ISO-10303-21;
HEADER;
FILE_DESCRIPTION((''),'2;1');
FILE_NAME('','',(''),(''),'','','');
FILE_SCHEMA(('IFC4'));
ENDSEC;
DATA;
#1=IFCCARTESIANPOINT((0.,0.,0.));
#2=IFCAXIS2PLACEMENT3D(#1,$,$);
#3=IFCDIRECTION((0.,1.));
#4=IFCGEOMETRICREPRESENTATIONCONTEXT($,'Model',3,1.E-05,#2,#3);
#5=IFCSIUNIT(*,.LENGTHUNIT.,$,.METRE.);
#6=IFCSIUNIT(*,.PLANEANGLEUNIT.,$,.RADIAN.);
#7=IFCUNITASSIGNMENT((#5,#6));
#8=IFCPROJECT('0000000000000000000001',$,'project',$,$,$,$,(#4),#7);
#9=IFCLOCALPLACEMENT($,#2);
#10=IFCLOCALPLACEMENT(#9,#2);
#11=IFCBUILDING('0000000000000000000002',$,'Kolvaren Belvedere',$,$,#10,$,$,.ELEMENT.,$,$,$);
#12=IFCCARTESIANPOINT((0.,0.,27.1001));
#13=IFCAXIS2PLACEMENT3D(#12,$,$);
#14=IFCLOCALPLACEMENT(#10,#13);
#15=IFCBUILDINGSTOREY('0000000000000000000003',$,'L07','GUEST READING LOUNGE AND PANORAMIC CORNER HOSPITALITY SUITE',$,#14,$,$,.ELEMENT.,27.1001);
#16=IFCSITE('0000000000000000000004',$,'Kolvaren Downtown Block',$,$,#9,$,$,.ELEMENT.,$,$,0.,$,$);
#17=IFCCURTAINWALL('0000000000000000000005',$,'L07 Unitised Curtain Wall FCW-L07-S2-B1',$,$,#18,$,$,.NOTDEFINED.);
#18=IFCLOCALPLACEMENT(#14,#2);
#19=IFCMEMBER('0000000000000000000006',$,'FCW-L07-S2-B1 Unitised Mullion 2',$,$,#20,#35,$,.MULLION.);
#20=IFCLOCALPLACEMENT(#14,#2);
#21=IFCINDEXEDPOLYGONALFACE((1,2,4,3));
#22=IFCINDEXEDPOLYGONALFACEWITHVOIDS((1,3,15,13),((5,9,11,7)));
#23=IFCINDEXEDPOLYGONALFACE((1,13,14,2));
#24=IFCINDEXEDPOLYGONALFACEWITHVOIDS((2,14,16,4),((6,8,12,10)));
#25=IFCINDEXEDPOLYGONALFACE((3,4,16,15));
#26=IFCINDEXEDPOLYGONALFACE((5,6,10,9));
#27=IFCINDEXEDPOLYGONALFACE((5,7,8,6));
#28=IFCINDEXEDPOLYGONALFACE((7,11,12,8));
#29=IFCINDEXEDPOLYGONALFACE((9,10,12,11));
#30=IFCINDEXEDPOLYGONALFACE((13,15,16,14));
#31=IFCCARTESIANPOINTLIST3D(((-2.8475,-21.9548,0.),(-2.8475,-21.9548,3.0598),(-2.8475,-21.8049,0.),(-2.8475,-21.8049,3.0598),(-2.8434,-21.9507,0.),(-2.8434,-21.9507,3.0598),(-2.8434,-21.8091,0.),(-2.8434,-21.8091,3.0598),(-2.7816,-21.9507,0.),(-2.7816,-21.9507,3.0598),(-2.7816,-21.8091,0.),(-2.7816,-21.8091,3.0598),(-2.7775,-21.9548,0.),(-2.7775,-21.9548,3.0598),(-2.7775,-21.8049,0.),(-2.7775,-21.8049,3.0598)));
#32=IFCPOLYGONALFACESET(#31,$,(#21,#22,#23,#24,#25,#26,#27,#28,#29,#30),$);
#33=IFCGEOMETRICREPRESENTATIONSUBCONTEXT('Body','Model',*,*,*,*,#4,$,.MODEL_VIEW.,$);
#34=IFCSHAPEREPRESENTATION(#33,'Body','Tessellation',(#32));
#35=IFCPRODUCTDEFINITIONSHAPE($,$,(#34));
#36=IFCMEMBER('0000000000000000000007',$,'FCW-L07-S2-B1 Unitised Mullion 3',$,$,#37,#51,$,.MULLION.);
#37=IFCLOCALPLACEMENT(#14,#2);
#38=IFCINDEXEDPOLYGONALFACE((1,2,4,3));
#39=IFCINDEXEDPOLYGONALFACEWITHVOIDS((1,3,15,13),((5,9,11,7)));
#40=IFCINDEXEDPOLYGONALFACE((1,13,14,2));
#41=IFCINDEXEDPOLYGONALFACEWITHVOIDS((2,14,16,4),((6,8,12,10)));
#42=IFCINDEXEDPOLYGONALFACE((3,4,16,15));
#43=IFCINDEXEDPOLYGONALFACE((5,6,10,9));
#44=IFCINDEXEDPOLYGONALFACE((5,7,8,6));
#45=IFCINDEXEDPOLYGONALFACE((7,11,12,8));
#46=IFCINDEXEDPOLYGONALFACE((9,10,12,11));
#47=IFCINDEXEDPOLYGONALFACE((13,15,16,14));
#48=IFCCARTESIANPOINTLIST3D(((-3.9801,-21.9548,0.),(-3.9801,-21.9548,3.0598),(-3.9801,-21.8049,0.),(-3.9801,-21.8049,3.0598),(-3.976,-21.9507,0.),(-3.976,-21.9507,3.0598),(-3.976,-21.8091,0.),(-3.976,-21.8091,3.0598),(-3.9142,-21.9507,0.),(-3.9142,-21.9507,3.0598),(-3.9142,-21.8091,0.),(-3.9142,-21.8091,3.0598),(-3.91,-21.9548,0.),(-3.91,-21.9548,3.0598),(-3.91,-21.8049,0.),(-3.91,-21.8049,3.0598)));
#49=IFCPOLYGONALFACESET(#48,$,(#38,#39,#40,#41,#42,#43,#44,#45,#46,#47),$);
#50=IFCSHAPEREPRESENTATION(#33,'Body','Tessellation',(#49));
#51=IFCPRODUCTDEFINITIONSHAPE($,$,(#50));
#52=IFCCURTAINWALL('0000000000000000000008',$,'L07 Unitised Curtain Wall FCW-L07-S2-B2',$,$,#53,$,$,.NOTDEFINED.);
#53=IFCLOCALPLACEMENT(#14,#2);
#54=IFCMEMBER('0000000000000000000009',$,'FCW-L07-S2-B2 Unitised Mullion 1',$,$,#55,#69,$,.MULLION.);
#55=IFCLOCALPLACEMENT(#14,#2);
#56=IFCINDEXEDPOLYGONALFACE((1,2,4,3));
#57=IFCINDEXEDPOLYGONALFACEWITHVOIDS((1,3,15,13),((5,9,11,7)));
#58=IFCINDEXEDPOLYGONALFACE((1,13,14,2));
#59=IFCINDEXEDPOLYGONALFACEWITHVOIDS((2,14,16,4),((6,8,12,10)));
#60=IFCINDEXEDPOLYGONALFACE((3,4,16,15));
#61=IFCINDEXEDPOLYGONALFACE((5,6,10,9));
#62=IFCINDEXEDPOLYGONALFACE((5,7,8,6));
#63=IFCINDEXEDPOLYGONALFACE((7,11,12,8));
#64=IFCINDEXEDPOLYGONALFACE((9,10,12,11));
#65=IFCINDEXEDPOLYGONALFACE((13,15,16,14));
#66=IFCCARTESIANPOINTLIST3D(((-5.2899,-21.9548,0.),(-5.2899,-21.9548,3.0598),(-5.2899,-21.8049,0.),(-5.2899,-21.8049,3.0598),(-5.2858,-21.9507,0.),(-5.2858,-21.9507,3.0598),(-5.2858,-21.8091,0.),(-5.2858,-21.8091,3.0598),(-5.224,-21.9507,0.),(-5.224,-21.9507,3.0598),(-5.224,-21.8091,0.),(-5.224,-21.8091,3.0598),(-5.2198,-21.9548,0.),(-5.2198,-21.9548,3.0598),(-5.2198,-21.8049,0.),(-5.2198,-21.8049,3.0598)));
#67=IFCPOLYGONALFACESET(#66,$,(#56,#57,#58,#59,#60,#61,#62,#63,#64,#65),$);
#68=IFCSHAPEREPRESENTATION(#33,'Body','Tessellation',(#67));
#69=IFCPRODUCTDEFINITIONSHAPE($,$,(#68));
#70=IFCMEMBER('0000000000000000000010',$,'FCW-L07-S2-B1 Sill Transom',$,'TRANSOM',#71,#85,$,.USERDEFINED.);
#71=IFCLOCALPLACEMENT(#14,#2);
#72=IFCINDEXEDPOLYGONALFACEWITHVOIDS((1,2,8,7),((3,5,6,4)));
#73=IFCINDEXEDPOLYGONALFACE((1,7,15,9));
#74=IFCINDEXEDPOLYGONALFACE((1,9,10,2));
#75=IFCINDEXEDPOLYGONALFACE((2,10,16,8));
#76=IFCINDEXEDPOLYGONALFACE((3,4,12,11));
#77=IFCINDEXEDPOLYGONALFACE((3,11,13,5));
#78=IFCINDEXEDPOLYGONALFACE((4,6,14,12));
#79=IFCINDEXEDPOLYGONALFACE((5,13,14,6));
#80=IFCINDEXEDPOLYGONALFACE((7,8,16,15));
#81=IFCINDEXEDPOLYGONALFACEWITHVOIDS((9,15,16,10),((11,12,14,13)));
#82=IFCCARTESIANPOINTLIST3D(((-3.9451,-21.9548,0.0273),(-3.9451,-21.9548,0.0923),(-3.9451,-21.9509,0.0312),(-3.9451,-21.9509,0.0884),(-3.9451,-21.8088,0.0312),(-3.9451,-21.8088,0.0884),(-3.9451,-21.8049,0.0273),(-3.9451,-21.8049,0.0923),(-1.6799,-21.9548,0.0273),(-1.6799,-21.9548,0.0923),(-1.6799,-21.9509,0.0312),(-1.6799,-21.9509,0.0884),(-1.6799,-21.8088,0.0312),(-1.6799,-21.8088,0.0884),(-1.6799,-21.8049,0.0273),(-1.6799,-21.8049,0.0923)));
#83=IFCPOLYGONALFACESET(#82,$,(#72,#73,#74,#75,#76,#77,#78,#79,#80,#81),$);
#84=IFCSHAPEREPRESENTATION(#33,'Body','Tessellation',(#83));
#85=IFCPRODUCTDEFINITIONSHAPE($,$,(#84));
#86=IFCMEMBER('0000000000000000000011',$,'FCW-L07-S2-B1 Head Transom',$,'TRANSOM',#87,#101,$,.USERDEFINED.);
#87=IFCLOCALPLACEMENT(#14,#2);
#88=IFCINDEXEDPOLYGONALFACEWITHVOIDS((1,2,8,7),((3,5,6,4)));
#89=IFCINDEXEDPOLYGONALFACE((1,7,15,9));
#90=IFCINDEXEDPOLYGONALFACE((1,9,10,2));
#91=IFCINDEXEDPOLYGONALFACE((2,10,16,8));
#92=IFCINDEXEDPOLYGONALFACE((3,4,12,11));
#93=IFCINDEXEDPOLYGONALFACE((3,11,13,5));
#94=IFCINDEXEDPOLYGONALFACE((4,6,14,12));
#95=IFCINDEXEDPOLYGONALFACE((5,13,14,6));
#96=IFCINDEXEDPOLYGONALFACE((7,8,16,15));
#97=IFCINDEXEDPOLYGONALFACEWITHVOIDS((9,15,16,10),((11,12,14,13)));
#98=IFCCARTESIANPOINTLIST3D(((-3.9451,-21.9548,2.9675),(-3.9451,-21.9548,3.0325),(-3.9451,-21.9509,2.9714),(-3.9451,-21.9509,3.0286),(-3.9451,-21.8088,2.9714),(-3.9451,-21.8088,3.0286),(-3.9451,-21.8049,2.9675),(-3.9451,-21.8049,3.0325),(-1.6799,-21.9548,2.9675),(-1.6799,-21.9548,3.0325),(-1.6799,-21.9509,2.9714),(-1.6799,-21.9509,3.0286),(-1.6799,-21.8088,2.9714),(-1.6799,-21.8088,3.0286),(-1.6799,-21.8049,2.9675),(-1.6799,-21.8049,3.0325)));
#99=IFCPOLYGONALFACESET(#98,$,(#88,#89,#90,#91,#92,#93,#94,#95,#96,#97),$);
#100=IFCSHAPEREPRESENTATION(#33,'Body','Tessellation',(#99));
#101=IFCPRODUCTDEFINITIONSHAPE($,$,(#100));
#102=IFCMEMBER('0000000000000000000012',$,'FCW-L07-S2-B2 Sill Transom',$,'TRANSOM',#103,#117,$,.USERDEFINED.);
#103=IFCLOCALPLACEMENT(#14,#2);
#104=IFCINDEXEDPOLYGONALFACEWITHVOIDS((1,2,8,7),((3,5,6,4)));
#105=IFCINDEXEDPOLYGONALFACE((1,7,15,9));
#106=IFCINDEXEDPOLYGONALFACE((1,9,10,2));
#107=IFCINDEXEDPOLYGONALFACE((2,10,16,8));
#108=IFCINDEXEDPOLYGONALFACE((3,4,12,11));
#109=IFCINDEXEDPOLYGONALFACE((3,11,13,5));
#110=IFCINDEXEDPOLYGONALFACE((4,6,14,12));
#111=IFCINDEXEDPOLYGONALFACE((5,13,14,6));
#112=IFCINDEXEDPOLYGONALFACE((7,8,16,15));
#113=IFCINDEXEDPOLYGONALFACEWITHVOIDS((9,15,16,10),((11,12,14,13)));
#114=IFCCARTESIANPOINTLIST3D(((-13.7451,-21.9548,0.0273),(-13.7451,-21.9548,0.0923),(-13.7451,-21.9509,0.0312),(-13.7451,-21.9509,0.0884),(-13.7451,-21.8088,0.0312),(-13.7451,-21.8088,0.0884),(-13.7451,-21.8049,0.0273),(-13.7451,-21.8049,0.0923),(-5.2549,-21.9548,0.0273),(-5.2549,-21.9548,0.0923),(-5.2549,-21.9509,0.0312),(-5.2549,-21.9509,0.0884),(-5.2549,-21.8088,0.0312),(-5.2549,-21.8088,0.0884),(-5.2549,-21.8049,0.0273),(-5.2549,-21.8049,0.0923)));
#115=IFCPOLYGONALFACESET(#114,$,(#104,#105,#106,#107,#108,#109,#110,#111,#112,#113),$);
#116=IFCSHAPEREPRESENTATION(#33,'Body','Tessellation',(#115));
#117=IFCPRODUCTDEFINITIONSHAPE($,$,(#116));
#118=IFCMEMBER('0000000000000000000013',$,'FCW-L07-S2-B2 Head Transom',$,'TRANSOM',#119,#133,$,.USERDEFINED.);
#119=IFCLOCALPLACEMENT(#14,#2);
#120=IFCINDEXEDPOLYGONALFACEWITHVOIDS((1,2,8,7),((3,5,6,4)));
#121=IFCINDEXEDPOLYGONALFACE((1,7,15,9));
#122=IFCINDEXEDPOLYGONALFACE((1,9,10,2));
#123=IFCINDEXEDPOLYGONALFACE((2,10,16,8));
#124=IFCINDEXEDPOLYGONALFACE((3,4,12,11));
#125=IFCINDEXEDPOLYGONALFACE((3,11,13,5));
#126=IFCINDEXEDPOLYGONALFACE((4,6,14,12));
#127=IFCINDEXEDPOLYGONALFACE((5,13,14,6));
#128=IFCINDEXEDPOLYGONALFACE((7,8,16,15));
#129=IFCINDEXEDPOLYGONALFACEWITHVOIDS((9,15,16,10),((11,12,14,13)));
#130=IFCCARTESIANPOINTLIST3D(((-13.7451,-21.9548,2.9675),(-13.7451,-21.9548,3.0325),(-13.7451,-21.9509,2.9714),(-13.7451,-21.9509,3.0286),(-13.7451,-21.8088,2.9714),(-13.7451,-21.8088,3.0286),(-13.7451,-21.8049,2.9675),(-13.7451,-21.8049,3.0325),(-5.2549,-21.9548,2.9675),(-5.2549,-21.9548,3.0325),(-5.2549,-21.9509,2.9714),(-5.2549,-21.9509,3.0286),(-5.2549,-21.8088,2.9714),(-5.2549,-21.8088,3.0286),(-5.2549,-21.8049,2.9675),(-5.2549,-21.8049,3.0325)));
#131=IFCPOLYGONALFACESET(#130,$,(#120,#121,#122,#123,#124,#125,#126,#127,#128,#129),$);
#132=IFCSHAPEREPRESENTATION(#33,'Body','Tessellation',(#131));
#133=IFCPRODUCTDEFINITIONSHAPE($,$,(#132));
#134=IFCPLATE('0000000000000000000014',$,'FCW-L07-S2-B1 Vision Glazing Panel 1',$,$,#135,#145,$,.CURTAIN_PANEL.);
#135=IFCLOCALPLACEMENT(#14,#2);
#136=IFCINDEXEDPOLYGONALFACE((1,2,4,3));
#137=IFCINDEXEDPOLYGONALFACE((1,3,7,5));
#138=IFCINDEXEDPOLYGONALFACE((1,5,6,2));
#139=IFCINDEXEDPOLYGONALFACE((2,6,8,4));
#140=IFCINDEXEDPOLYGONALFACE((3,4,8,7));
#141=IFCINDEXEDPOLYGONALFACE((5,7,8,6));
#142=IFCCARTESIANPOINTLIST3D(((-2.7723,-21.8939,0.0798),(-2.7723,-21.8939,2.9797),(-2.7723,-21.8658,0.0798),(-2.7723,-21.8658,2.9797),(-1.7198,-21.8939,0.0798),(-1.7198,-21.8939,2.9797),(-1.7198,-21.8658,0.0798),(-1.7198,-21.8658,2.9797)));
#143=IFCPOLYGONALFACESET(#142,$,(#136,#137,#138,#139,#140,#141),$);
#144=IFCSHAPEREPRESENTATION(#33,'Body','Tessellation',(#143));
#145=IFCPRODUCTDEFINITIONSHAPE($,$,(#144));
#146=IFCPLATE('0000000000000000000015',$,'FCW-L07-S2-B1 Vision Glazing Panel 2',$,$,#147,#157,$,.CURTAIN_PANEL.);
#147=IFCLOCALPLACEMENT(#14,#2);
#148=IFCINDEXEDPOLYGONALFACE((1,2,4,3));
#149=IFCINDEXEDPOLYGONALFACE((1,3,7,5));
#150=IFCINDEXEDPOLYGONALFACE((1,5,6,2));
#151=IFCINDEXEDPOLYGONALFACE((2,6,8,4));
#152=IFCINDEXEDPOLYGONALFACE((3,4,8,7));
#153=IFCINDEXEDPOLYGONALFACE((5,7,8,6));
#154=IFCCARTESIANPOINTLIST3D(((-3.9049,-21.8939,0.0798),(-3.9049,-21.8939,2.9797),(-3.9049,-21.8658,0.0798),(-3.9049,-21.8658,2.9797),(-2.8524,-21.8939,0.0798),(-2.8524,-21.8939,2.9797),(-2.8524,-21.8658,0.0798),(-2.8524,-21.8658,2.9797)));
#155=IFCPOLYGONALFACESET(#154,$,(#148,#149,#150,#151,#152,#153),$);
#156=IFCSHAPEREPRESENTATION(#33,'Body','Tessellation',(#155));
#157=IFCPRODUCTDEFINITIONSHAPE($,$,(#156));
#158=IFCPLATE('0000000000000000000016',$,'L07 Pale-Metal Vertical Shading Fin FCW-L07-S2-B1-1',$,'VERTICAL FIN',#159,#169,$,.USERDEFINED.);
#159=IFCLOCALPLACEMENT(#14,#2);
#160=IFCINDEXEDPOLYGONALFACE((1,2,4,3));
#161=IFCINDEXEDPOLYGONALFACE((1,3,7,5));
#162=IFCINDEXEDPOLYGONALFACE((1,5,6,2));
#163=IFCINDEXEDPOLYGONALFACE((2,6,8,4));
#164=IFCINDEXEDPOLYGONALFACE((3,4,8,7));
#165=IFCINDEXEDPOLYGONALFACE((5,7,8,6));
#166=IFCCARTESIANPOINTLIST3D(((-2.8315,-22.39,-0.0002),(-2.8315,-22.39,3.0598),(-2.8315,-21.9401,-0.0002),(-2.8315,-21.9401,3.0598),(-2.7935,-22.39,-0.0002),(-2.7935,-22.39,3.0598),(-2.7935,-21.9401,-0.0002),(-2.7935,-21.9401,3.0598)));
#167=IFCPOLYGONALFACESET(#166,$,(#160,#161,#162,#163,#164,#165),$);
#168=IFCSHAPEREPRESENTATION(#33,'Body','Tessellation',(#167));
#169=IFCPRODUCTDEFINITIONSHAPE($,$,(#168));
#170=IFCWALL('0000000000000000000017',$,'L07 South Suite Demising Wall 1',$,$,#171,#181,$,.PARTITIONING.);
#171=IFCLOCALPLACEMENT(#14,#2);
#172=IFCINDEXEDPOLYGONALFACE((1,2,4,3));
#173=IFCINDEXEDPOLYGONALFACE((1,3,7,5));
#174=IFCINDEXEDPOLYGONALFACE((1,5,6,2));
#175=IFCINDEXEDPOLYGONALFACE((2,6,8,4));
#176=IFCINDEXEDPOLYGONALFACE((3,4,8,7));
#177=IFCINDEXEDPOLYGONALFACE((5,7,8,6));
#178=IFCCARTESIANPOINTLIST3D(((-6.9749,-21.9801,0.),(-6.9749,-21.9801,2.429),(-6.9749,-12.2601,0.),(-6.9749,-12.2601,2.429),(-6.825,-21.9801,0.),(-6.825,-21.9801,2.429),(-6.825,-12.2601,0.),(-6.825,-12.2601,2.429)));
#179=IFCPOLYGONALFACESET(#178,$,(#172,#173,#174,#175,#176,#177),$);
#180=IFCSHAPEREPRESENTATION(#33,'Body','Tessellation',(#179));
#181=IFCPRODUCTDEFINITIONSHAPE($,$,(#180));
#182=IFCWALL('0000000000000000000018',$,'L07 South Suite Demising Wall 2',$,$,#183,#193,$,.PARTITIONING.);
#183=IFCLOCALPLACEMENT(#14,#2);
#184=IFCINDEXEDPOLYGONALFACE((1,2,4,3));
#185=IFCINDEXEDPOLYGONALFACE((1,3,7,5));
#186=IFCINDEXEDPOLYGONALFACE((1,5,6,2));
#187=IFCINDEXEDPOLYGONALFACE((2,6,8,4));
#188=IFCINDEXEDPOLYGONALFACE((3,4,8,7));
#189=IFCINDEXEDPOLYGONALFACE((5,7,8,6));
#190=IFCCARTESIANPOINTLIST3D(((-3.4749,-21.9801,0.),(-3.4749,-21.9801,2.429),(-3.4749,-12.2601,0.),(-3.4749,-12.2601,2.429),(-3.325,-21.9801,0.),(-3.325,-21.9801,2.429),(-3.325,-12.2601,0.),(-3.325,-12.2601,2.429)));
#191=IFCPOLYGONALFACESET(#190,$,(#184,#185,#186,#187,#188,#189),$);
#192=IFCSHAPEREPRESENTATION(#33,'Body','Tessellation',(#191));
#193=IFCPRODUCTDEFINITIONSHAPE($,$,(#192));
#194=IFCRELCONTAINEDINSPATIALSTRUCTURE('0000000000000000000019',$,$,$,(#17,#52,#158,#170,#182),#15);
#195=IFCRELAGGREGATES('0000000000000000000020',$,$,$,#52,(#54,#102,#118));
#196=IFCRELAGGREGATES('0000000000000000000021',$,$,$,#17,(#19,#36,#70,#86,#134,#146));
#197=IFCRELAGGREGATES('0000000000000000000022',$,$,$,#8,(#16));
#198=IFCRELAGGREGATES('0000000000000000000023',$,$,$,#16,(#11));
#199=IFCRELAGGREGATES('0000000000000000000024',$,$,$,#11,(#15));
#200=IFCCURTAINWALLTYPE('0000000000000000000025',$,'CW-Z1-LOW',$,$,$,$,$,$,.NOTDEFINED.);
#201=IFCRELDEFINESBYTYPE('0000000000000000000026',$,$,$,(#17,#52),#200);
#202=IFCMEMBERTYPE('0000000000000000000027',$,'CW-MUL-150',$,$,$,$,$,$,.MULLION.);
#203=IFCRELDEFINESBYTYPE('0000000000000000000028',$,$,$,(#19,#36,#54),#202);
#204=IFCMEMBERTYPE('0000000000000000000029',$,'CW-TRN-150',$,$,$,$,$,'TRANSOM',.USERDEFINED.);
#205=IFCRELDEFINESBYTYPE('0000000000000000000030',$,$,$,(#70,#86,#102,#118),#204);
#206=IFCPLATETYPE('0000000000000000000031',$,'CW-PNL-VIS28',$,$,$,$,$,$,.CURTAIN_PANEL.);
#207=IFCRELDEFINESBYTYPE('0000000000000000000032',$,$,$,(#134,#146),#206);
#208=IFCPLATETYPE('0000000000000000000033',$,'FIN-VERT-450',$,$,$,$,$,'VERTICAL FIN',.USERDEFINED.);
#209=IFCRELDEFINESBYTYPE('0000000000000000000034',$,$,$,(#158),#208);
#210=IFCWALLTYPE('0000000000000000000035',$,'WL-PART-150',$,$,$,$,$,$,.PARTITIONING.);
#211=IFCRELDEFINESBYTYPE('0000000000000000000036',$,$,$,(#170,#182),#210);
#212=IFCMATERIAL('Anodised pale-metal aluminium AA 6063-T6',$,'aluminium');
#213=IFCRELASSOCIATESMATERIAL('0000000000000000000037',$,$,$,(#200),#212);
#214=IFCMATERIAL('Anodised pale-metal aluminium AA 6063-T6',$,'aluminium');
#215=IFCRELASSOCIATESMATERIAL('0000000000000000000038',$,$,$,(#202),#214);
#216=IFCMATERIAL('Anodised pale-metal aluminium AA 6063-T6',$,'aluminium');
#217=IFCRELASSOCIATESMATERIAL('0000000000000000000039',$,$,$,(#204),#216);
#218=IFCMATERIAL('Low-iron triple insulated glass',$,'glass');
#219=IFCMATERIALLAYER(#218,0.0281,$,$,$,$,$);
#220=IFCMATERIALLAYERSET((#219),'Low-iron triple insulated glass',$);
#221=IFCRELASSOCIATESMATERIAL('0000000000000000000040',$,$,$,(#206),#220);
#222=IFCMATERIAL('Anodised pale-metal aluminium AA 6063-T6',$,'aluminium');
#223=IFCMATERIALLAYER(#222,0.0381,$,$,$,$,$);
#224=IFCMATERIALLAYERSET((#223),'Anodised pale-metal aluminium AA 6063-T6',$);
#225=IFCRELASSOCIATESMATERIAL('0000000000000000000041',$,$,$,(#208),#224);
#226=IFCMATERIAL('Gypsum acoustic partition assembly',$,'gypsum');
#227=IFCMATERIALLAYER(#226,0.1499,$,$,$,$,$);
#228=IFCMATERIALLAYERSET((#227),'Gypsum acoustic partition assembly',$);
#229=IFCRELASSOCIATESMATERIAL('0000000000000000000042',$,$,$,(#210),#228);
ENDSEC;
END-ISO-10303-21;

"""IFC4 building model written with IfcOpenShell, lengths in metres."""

from ifc_helpers import new_model, si_unit, direction, frame, frame_2d, origin, origin_2d, place, context, subcontext, project, spatial, rectangle, hollow_rectangle, extrude, material, layer, layer_set, material_profile, profile_set, type_object, element, aggregate, save


model = new_model("IFC4")

# Units and contexts
model_context = context("Model", 3, precision=1e-05, world=origin(), true_north=direction((0.0, 1.0)))
body_context = subcontext(model_context, "Body", "Model", "MODEL_VIEW")
ifc_project = project(units=[si_unit("LENGTHUNIT", "METRE"), si_unit("PLANEANGLEUNIT", "RADIAN")], contexts=[model_context])

# Site, building, storey
site_placement = place(None, origin())
site = spatial("IfcSite", under=ifc_project, at=site_placement, Name="Kolvaren Downtown Block", CompositionType="ELEMENT", RefElevation=0.0)
building_placement = place(site_placement, origin())
building = spatial("IfcBuilding", under=site, at=building_placement, Name="Kolvaren Belvedere", CompositionType="ELEMENT")
storey_placement = place(building_placement, frame((0.0, 0.0, 27.1001)))
storey = spatial("IfcBuildingStorey", under=building, at=storey_placement, Name="L07", Description="GUEST READING LOUNGE AND PANORAMIC CORNER HOSPITALITY SUITE", CompositionType="ELEMENT", Elevation=27.1001)

# Curtain wall, members
ifc_material_1 = material(Name="Anodised pale-metal aluminium AA 6063-T6", Category="aluminium")
curtain_wall_type = type_object("IfcCurtainWallType", Name="CW-Z1-LOW", PredefinedType="NOTDEFINED", material=ifc_material_1)
curtain_wall_1_placement = place(storey_placement, origin())
curtain_wall_1 = element("IfcCurtainWall", 1, at=curtain_wall_1_placement, inside=storey, type_object=curtain_wall_type, Name="L07 Unitised Curtain Wall FCW-L07-S2-B1", PredefinedType="NOTDEFINED")
ifc_material_2 = material(Name="Anodised pale-metal aluminium AA 6063-T6", Category="aluminium")
ifc_material_profile_1 = material_profile(ifc_material_2, hollow_rectangle(XDim=0.0701, YDim=0.1499, WallThickness=0.0042, at=origin_2d()), Name="ALU-MUL-150X70")
ifc_profile_set_1 = profile_set([ifc_material_profile_1], Name="Anodised pale-metal aluminium AA 6063-T6")
member_type_1 = type_object("IfcMemberType", Name="CW-MUL-150", PredefinedType="MULLION", material=ifc_profile_set_1)
member_1_placement = place(storey_placement, frame((-2.8125, -21.8799, 0.0), z_axis=(0.0, 0.0, 1.0), x_axis=(1.0, 0.0, 0.0)))
member_1 = element("IfcMember", 2, at=member_1_placement, type_object=member_type_1, Name="FCW-L07-S2-B1 Unitised Mullion 2", PredefinedType="MULLION", context=body_context, shape_type="SweptSolid", body=[
    extrude(hollow_rectangle(XDim=0.0701, YDim=0.1499, WallThickness=0.0042, at=origin_2d()), origin(), (0.0, 0.0, 1.0), 3.0598),
])
member_2_placement = place(storey_placement, frame((-3.9451, -21.8799, 0.0), z_axis=(0.0, 0.0, 1.0), x_axis=(1.0, 0.0, 0.0)))
member_2 = element("IfcMember", 3, at=member_2_placement, type_object=member_type_1, Name="FCW-L07-S2-B1 Unitised Mullion 3", PredefinedType="MULLION", context=body_context, shape_type="SweptSolid", body=[
    extrude(hollow_rectangle(XDim=0.0701, YDim=0.1499, WallThickness=0.0042, at=origin_2d()), origin(), (0.0, 0.0, 1.0), 3.0598),
])

# Curtain wall, member
curtain_wall_2_placement = place(storey_placement, origin())
curtain_wall_2 = element("IfcCurtainWall", 4, at=curtain_wall_2_placement, inside=storey, type_object=curtain_wall_type, Name="L07 Unitised Curtain Wall FCW-L07-S2-B2", PredefinedType="NOTDEFINED")
member_3_placement = place(storey_placement, frame((-5.2549, -21.8799, 0.0), z_axis=(0.0, 0.0, 1.0), x_axis=(1.0, 0.0, 0.0)))
member_3 = element("IfcMember", 5, at=member_3_placement, type_object=member_type_1, Name="FCW-L07-S2-B2 Unitised Mullion 1", PredefinedType="MULLION", context=body_context, shape_type="SweptSolid", body=[
    extrude(hollow_rectangle(XDim=0.0701, YDim=0.1499, WallThickness=0.0042, at=origin_2d()), origin(), (0.0, 0.0, 1.0), 3.0598),
])

# Members
ifc_material_3 = material(Name="Anodised pale-metal aluminium AA 6063-T6", Category="aluminium")
ifc_material_profile_2 = material_profile(ifc_material_3, hollow_rectangle(XDim=0.0649, YDim=0.1499, WallThickness=0.0039, at=origin_2d()), Name="ALU-TRN-150X65")
ifc_profile_set_2 = profile_set([ifc_material_profile_2], Name="Anodised pale-metal aluminium AA 6063-T6")
member_type_2 = type_object("IfcMemberType", Name="CW-TRN-150", ElementType="TRANSOM", PredefinedType="USERDEFINED", material=ifc_profile_set_2)
member_4_placement = place(storey_placement, frame((-1.6799, -21.8799, 0.0598), z_axis=(-1.0, 0.0, 0.0), x_axis=(0.0, 0.0, 1.0)))
member_4 = element("IfcMember", 6, at=member_4_placement, type_object=member_type_2, Name="FCW-L07-S2-B1 Sill Transom", ObjectType="TRANSOM", PredefinedType="USERDEFINED", context=body_context, shape_type="SweptSolid", body=[
    extrude(hollow_rectangle(XDim=0.0649, YDim=0.1499, WallThickness=0.0039, at=origin_2d()), origin(), (0.0, 0.0, 1.0), 2.2651),
])
member_5_placement = place(storey_placement, frame((-1.6799, -21.8799, 3.0), z_axis=(-1.0, 0.0, 0.0), x_axis=(0.0, 0.0, 1.0)))
member_5 = element("IfcMember", 7, at=member_5_placement, type_object=member_type_2, Name="FCW-L07-S2-B1 Head Transom", ObjectType="TRANSOM", PredefinedType="USERDEFINED", context=body_context, shape_type="SweptSolid", body=[
    extrude(hollow_rectangle(XDim=0.0649, YDim=0.1499, WallThickness=0.0039, at=origin_2d()), origin(), (0.0, 0.0, 1.0), 2.2651),
])
member_6_placement = place(storey_placement, frame((-5.2549, -21.8799, 0.0598), z_axis=(-1.0, 0.0, 0.0), x_axis=(0.0, 0.0, 1.0)))
member_6 = element("IfcMember", 8, at=member_6_placement, type_object=member_type_2, Name="FCW-L07-S2-B2 Sill Transom", ObjectType="TRANSOM", PredefinedType="USERDEFINED", context=body_context, shape_type="SweptSolid", body=[
    extrude(hollow_rectangle(XDim=0.0649, YDim=0.1499, WallThickness=0.0039, at=origin_2d()), origin(), (0.0, 0.0, 1.0), 8.4902),
])
member_7_placement = place(storey_placement, frame((-5.2549, -21.8799, 3.0), z_axis=(-1.0, 0.0, 0.0), x_axis=(0.0, 0.0, 1.0)))
member_7 = element("IfcMember", 9, at=member_7_placement, type_object=member_type_2, Name="FCW-L07-S2-B2 Head Transom", ObjectType="TRANSOM", PredefinedType="USERDEFINED", context=body_context, shape_type="SweptSolid", body=[
    extrude(hollow_rectangle(XDim=0.0649, YDim=0.1499, WallThickness=0.0039, at=origin_2d()), origin(), (0.0, 0.0, 1.0), 8.4902),
])
aggregate(curtain_wall_2, [member_3, member_6, member_7])

# Plates
ifc_material_4 = material(Name="Low-iron triple insulated glass", Category="glass")
ifc_layer_1 = layer(ifc_material_4, 0.0281)
ifc_layer_set_1 = layer_set([ifc_layer_1], Name="Low-iron triple insulated glass")
plate_type_1 = type_object("IfcPlateType", Name="CW-PNL-VIS28", PredefinedType="CURTAIN_PANEL", material=ifc_layer_set_1)
plate_1_placement = place(storey_placement, frame((-2.2461, -21.8799, 0.0798), z_axis=(0.0, 0.0, 1.0), x_axis=(-1.0, 0.0, 0.0)))
plate_1 = element("IfcPlate", 10, at=plate_1_placement, type_object=plate_type_1, Name="FCW-L07-S2-B1 Vision Glazing Panel 1", PredefinedType="CURTAIN_PANEL", context=body_context, shape_type="SweptSolid", body=[
    extrude(rectangle(XDim=1.0525, YDim=0.0281, at=origin_2d()), origin(), (0.0, 0.0, 1.0), 2.8999),
])
plate_2_placement = place(storey_placement, frame((-3.3787, -21.8799, 0.0798), z_axis=(0.0, 0.0, 1.0), x_axis=(-1.0, 0.0, 0.0)))
plate_2 = element("IfcPlate", 11, at=plate_2_placement, type_object=plate_type_1, Name="FCW-L07-S2-B1 Vision Glazing Panel 2", PredefinedType="CURTAIN_PANEL", context=body_context, shape_type="SweptSolid", body=[
    extrude(rectangle(XDim=1.0525, YDim=0.0281, at=origin_2d()), origin(), (0.0, 0.0, 1.0), 2.8999),
])
aggregate(curtain_wall_1, [member_1, member_2, member_4, member_5, plate_1, plate_2])
ifc_material_5 = material(Name="Anodised pale-metal aluminium AA 6063-T6", Category="aluminium")
ifc_layer_2 = layer(ifc_material_5, 0.0381)
ifc_layer_set_2 = layer_set([ifc_layer_2], Name="Anodised pale-metal aluminium AA 6063-T6")
plate_type_2 = type_object("IfcPlateType", Name="FIN-VERT-450", ElementType="VERTICAL FIN", PredefinedType="USERDEFINED", material=ifc_layer_set_2)
plate_3_placement = place(storey_placement, frame((-2.8125, -22.165, -0.0002), z_axis=(0.0, 0.0, 1.0), x_axis=(0.0, 1.0, 0.0)))
element("IfcPlate", 12, at=plate_3_placement, inside=storey, type_object=plate_type_2, Name="L07 Pale-Metal Vertical Shading Fin FCW-L07-S2-B1-1", ObjectType="VERTICAL FIN", PredefinedType="USERDEFINED", context=body_context, shape_type="SweptSolid", body=[
    extrude(rectangle(XDim=0.45, YDim=0.0381, at=origin_2d()), origin(), (0.0, 0.0, 1.0), 3.0601),
])

# Walls
ifc_material_6 = material(Name="Gypsum acoustic partition assembly", Category="gypsum")
ifc_layer_3 = layer(ifc_material_6, 0.1499)
ifc_layer_set_3 = layer_set([ifc_layer_3], Name="Gypsum acoustic partition assembly")
wall_type_1 = type_object("IfcWallType", Name="WL-PART-150", PredefinedType="PARTITIONING", material=ifc_layer_set_3)
for number, where, z_axis, x_axis, name in (
    (13, (-6.8999, -21.98, 0.0), (0.0, 0.0, 1.0), (0.0, 1.0, 0.0), "L07 South Suite Demising Wall 1"),
    (14, (-3.3999, -21.98, 0.0), (0.0, 0.0, 1.0), (0.0, 1.0, 0.0), "L07 South Suite Demising Wall 2"),
):
    element("IfcWall", number, at=place(storey_placement, frame(where, z_axis=z_axis, x_axis=x_axis)), inside=storey, type_object=wall_type_1, Name=name, PredefinedType="PARTITIONING", context=body_context, shape_type="SweptSolid", body=[
        extrude(rectangle(XDim=9.72, YDim=0.1499, at=frame_2d((4.8599, 0.0))), origin(), (0.0, 0.0, 1.0), 2.429),
    ])

save(model, "model.ifc")
